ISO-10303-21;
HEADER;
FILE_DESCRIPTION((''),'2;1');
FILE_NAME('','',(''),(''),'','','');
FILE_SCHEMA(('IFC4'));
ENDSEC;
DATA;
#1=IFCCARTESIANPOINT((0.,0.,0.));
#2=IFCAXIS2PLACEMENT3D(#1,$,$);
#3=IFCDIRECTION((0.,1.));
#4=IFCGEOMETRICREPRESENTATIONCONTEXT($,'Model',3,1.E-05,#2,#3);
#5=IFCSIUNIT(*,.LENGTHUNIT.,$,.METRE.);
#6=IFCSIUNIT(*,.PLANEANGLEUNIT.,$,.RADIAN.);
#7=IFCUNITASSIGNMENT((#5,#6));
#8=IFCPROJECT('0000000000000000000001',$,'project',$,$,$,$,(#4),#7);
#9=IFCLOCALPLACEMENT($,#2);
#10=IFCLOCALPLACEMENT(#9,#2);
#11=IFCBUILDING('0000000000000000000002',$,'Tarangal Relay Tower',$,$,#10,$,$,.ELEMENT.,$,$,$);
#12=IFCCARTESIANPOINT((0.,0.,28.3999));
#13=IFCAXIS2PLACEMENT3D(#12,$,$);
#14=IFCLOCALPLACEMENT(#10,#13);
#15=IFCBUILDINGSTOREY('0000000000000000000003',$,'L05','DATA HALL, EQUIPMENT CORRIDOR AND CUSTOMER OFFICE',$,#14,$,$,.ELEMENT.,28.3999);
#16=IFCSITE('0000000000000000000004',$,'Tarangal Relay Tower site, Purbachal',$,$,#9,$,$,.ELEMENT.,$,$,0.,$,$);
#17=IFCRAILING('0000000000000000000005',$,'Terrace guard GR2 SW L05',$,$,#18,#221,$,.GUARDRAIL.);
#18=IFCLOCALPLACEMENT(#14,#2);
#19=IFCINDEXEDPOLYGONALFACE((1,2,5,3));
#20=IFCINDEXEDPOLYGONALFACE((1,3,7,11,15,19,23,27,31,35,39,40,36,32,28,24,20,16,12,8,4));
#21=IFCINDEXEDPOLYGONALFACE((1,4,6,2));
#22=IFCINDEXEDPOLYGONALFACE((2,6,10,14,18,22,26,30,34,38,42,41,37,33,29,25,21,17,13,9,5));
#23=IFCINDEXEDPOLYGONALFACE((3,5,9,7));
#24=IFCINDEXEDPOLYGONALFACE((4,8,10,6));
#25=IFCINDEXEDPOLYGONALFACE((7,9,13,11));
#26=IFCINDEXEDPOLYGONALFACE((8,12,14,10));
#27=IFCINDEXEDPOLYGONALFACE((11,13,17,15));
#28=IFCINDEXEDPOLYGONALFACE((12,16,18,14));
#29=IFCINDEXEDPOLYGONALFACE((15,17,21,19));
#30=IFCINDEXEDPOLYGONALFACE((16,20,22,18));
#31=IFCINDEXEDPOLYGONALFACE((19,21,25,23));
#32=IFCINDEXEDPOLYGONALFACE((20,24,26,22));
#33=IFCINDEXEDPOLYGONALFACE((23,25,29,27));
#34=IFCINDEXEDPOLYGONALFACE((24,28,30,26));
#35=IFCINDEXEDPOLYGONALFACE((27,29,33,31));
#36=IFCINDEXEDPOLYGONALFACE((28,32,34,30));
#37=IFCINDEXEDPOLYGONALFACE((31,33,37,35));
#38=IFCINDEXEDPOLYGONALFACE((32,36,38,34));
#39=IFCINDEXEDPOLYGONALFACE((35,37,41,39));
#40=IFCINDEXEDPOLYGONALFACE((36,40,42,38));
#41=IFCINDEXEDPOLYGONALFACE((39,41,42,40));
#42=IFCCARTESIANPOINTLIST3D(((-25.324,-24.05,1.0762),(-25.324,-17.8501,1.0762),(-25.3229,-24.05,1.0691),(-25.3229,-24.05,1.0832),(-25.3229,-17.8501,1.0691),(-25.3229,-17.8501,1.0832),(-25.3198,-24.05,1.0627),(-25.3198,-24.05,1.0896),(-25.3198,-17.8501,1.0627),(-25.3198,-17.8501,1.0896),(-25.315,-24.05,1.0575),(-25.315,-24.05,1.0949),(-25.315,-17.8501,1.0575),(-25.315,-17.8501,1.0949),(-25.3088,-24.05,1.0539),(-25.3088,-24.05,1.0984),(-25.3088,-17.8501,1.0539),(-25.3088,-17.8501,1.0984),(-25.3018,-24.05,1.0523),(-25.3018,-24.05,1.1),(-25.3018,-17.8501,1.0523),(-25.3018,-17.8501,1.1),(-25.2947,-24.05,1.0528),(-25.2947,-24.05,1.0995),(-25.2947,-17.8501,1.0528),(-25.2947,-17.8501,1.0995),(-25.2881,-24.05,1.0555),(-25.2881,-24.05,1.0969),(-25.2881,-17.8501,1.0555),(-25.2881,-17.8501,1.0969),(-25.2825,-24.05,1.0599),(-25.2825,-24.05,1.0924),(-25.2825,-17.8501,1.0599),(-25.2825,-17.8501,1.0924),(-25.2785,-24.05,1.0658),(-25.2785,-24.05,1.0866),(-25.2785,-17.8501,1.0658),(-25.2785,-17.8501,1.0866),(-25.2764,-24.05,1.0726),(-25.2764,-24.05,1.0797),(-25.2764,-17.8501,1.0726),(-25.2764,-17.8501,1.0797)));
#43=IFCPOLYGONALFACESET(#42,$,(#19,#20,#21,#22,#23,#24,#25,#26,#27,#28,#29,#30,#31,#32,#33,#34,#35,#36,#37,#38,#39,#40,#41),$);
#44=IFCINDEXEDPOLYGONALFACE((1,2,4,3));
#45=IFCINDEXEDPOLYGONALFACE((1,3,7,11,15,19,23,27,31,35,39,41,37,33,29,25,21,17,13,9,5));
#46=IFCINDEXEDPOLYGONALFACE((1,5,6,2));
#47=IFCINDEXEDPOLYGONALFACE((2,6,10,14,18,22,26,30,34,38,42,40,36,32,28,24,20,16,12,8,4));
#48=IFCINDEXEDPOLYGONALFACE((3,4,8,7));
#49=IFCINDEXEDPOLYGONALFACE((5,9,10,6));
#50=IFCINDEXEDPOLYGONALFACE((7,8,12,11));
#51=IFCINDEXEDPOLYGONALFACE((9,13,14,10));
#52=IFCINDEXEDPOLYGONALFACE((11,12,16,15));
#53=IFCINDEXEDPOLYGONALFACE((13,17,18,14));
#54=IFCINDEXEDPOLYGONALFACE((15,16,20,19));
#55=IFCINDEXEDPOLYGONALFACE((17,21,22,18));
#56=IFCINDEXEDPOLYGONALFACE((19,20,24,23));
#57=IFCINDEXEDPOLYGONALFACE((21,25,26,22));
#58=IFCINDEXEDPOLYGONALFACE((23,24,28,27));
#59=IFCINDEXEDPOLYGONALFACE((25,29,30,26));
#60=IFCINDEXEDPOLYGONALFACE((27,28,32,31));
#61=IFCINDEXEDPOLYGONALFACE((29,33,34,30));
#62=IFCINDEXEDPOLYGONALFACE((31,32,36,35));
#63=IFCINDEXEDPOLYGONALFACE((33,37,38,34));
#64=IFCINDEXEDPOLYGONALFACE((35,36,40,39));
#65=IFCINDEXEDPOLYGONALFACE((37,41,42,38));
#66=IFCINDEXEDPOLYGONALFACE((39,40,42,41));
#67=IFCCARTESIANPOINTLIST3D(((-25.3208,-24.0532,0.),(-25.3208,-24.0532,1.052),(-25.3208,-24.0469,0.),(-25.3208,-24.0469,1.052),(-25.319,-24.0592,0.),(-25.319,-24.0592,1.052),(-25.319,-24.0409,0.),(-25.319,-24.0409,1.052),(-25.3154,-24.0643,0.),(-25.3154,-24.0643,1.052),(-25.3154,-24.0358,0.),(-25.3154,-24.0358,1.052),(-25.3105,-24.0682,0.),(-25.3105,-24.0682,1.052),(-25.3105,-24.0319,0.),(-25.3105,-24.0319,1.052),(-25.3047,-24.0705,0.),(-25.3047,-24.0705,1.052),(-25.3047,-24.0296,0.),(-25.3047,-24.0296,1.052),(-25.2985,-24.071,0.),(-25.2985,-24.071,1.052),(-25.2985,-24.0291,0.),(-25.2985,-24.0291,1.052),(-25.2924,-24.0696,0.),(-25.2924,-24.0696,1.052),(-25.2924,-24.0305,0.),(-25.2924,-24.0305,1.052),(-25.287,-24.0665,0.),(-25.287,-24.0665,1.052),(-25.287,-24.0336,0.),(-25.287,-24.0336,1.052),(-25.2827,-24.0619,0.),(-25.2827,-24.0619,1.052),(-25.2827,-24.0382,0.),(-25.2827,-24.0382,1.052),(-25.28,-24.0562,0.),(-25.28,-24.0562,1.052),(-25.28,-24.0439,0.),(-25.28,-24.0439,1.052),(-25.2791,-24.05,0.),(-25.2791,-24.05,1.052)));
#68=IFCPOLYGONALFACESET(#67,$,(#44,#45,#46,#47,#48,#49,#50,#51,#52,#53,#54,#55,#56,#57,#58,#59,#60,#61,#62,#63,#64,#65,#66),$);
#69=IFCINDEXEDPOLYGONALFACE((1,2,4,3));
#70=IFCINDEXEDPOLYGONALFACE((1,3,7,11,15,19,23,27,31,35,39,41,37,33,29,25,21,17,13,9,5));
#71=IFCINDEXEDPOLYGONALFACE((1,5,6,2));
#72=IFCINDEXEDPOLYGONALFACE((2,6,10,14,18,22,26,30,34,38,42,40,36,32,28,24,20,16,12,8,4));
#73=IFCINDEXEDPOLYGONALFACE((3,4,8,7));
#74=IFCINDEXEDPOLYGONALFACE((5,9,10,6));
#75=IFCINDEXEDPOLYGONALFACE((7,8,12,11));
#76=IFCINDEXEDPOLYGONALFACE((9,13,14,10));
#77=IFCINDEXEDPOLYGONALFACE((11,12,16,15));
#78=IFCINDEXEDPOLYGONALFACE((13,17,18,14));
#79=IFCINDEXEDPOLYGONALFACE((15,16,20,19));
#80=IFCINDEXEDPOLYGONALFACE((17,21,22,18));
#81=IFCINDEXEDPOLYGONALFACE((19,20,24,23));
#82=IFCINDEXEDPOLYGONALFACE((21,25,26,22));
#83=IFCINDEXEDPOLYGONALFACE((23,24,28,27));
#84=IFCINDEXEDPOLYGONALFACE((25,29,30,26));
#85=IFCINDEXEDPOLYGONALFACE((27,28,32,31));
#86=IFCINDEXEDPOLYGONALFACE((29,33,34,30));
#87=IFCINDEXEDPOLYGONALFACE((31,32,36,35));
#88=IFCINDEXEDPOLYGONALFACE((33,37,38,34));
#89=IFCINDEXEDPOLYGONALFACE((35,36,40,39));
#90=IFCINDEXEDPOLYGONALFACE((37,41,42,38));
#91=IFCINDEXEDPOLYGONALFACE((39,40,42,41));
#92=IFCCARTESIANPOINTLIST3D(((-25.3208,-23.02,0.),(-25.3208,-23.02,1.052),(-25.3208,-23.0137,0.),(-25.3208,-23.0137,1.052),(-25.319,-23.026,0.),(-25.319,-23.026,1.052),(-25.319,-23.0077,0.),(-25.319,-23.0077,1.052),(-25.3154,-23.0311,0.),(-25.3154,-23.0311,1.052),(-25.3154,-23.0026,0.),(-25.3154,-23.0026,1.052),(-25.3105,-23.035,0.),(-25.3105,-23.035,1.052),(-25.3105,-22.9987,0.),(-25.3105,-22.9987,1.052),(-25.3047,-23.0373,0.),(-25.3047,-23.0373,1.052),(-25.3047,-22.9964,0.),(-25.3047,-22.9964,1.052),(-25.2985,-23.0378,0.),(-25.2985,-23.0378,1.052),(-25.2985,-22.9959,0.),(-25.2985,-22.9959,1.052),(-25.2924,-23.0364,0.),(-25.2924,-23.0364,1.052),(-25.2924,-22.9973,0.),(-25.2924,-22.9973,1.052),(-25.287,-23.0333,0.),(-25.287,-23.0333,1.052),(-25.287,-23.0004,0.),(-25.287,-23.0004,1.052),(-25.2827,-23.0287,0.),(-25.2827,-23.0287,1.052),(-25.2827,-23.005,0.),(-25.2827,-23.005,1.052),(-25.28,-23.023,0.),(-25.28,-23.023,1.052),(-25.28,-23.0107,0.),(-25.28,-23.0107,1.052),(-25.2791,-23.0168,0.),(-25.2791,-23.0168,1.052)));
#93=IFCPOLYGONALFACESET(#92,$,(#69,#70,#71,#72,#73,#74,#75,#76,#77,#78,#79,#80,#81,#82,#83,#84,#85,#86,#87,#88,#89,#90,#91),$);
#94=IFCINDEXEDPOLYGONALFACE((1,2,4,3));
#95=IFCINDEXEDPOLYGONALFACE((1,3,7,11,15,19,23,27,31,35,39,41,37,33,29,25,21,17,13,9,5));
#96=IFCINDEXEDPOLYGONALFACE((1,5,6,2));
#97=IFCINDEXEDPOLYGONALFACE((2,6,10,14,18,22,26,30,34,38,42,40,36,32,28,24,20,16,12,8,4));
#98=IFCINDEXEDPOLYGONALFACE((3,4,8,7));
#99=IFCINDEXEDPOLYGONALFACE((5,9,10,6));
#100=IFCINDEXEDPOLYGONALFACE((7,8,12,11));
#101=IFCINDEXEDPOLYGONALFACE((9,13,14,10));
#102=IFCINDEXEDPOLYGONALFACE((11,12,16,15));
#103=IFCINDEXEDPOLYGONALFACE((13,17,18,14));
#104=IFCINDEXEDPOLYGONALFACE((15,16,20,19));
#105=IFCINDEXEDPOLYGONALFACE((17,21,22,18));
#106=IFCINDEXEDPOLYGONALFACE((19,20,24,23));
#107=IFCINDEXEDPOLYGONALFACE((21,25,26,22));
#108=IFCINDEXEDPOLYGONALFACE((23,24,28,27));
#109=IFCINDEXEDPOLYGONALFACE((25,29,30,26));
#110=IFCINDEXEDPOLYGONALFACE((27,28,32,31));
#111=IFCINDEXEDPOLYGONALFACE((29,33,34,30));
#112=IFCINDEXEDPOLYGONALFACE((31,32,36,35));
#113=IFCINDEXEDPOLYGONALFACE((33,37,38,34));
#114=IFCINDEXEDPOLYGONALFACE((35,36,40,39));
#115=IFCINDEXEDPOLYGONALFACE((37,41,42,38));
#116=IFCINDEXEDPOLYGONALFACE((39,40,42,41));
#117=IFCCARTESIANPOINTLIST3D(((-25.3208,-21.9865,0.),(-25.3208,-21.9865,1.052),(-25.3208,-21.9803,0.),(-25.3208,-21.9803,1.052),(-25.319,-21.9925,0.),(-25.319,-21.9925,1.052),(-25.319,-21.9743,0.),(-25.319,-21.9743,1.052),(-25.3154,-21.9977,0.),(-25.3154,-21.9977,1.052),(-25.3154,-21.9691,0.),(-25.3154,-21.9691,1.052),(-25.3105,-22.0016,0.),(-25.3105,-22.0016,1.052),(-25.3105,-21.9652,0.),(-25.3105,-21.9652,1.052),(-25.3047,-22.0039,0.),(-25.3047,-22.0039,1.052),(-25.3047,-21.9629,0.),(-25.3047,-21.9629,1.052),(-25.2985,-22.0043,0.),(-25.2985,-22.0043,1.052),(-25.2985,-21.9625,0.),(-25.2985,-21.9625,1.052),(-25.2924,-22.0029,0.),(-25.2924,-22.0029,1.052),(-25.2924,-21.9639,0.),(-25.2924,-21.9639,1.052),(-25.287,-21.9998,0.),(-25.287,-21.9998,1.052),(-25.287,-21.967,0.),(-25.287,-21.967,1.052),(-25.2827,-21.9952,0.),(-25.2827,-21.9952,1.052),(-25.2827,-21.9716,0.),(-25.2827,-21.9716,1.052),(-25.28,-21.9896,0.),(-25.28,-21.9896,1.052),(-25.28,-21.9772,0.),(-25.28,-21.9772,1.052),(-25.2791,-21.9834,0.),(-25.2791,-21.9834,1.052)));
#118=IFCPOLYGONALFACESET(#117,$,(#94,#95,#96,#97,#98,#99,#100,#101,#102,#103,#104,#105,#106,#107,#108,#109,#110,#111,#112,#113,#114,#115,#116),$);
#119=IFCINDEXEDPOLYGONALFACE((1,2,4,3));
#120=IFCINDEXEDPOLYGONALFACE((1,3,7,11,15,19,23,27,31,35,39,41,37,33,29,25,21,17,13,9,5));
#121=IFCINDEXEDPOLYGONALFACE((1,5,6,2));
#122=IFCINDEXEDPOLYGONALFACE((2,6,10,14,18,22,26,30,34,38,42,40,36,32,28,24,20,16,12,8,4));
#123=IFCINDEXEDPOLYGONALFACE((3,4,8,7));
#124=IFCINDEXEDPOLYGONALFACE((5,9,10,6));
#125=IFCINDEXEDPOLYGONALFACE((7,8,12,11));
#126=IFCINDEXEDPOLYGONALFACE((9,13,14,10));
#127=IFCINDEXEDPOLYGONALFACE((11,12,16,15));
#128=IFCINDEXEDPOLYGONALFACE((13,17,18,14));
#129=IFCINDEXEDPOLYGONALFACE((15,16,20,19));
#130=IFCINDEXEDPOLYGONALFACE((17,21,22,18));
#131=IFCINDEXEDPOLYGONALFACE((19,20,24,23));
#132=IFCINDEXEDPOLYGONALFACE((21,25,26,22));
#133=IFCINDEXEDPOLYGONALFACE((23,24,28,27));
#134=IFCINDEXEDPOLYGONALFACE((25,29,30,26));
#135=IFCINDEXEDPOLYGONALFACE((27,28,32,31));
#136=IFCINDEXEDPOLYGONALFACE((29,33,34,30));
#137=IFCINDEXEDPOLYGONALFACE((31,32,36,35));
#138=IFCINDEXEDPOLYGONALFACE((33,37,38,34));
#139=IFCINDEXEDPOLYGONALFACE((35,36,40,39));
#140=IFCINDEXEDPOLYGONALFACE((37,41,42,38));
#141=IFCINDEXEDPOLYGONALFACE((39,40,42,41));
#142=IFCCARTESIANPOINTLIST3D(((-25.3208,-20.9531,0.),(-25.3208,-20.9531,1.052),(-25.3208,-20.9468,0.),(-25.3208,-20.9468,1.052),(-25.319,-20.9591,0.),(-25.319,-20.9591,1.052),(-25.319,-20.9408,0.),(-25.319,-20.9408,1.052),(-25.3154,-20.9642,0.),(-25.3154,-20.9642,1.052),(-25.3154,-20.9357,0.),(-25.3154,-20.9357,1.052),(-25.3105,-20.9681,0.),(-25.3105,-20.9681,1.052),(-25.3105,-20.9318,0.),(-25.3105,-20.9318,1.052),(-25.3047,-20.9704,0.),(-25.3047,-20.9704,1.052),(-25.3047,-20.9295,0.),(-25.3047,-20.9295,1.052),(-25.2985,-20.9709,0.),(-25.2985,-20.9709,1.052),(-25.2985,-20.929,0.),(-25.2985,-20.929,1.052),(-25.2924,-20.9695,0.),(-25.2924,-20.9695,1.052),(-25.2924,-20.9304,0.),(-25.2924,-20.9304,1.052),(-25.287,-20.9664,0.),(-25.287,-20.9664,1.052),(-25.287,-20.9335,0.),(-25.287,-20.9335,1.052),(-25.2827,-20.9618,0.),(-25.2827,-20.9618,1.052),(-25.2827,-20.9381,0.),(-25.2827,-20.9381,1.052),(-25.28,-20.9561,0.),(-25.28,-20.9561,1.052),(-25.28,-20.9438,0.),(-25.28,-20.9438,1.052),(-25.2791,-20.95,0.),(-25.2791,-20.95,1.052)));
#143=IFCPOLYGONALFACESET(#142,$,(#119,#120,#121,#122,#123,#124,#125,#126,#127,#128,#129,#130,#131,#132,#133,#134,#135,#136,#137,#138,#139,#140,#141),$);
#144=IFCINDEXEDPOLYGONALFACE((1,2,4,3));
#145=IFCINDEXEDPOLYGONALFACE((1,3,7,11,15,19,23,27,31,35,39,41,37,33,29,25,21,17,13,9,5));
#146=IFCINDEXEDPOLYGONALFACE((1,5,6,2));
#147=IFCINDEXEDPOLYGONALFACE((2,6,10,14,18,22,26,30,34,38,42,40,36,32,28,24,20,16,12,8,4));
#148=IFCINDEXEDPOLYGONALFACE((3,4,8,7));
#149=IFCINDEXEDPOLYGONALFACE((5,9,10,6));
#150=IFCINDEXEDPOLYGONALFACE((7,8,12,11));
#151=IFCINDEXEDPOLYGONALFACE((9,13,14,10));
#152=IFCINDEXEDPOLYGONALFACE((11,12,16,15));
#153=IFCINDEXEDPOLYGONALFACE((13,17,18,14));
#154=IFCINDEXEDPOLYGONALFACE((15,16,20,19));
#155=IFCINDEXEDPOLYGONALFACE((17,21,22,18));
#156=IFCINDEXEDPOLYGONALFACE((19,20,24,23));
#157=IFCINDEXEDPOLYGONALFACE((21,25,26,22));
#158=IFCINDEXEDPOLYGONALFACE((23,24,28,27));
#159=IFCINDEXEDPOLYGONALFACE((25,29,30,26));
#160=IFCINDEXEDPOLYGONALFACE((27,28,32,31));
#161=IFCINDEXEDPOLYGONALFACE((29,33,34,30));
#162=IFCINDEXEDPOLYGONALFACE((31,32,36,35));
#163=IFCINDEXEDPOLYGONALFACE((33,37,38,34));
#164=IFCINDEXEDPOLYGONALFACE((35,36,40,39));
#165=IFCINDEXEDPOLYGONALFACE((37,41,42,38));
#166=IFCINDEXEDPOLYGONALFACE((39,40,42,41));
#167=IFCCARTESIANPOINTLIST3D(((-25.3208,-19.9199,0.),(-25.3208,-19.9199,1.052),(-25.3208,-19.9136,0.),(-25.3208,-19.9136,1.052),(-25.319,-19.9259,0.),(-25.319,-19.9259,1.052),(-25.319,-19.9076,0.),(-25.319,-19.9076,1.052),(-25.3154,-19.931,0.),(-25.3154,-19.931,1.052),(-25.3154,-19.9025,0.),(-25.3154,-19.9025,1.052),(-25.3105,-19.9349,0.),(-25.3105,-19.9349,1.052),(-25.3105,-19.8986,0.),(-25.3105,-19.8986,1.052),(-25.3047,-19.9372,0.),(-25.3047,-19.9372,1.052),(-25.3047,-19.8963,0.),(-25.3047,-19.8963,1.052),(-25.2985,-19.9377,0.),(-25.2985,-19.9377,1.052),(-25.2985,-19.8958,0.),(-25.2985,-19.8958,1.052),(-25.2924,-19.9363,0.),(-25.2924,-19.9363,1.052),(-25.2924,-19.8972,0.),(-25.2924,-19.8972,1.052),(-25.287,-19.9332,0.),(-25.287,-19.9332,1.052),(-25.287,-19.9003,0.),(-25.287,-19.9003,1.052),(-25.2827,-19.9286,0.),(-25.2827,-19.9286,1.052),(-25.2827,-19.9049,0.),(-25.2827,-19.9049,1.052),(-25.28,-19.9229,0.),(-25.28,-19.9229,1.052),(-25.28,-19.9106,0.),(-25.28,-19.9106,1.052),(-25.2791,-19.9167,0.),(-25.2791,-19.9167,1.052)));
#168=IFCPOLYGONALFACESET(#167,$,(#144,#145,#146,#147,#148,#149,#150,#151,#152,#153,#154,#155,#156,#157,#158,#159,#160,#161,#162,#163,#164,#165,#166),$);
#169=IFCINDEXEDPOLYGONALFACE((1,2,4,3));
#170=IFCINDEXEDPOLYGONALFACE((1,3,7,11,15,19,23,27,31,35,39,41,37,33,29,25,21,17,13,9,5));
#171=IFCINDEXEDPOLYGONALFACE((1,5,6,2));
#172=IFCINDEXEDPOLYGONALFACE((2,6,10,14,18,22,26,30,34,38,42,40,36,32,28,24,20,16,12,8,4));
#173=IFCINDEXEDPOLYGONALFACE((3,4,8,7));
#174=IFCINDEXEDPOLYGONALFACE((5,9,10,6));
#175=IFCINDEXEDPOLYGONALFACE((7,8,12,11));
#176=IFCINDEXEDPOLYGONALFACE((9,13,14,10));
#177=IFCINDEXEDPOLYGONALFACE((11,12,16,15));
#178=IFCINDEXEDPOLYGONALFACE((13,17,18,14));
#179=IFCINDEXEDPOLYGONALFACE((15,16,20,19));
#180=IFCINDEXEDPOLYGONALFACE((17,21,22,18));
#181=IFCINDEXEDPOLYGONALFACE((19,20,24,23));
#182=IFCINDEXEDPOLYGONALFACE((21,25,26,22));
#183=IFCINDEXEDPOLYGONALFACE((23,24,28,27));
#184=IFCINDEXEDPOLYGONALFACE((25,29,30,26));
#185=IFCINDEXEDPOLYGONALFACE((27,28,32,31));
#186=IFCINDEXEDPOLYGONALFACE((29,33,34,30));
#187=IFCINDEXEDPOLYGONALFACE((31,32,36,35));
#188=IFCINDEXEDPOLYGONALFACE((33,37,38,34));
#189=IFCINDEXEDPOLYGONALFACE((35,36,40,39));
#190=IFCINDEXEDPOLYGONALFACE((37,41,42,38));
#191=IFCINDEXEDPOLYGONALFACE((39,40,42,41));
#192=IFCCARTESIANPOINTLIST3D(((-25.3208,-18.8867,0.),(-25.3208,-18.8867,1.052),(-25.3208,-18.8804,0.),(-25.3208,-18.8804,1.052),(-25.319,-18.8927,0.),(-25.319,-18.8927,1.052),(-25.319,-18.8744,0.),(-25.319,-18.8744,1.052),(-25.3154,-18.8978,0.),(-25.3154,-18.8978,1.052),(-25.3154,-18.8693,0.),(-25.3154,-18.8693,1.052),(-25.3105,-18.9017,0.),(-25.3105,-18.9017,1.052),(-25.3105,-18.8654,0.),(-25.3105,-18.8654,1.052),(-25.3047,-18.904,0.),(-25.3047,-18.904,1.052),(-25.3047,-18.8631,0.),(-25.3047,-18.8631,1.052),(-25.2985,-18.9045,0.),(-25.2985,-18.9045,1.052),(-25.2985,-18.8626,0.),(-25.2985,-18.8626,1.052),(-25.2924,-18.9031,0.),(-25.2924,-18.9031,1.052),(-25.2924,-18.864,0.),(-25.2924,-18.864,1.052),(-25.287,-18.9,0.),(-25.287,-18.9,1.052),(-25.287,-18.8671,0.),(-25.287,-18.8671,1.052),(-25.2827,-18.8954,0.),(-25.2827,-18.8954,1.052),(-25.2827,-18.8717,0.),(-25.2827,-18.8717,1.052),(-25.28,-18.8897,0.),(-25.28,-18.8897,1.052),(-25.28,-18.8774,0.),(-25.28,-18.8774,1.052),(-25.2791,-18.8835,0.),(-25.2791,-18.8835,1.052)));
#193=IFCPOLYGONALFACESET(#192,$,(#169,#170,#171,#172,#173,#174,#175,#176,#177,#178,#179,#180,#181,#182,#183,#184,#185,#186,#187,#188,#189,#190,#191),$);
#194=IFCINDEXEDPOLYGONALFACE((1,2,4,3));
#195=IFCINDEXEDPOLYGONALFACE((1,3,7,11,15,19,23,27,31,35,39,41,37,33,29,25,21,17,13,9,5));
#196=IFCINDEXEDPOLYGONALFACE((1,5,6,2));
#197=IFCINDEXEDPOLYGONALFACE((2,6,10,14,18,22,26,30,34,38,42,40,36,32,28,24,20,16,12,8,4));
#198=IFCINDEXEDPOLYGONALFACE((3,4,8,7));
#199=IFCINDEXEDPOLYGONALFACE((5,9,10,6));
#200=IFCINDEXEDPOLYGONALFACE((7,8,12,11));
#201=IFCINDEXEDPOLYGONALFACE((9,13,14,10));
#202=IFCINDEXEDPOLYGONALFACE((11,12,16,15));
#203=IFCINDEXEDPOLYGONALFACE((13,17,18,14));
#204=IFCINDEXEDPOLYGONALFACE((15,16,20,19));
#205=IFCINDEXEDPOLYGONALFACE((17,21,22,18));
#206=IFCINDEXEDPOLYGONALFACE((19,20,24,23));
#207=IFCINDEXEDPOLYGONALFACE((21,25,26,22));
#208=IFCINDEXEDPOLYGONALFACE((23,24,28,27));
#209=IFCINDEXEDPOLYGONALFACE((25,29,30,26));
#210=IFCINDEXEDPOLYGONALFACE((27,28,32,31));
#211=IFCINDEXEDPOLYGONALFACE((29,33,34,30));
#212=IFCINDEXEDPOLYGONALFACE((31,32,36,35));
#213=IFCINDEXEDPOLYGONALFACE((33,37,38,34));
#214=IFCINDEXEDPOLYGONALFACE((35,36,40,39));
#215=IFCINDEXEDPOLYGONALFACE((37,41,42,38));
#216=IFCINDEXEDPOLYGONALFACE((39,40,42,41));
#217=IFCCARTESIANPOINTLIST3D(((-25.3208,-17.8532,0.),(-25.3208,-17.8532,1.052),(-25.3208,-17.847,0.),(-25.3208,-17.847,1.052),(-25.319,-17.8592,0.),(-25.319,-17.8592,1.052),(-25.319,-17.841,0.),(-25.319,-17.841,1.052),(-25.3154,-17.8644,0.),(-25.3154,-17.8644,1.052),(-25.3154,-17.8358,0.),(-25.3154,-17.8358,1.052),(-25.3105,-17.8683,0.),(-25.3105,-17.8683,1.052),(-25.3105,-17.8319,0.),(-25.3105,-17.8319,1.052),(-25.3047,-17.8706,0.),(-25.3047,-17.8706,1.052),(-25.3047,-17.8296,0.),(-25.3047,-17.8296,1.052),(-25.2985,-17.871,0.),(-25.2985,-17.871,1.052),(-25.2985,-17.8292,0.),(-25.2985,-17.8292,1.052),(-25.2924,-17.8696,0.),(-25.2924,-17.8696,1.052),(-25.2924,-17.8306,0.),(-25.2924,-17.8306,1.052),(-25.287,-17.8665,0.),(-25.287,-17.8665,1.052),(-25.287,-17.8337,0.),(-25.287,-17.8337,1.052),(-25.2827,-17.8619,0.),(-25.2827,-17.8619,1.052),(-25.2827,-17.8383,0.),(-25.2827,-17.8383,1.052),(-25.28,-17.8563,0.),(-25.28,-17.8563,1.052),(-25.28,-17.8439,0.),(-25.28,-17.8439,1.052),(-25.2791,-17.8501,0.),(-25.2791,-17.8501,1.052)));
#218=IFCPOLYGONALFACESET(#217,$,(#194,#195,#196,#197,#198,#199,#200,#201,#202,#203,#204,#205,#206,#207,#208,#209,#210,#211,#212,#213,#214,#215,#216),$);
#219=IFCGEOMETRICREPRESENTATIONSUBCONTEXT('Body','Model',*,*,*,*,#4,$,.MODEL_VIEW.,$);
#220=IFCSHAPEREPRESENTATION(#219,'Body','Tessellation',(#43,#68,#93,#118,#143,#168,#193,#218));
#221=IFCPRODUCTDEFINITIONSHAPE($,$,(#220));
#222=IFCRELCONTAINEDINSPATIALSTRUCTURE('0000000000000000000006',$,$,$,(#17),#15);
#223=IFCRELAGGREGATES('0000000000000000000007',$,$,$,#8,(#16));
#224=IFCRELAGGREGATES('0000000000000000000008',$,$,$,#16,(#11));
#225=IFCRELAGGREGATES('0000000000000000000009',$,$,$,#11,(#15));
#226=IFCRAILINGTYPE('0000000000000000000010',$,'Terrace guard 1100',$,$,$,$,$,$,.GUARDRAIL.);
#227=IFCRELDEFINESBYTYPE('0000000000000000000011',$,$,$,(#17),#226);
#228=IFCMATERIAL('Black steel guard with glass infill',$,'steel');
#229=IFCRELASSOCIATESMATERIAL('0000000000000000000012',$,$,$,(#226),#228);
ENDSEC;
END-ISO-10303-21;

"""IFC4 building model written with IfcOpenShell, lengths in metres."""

from ifc_helpers import new_model, si_unit, direction, frame, origin, origin_2d, place, context, subcontext, project, spatial, circle, extrude, material, type_object, element, save


model = new_model("IFC4")

# Units and contexts
model_context = context("Model", 3, precision=1e-05, world=origin(), true_north=direction((0.0, 1.0)))
body_context = subcontext(model_context, "Body", "Model", "MODEL_VIEW")
ifc_project = project(units=[si_unit("LENGTHUNIT", "METRE"), si_unit("PLANEANGLEUNIT", "RADIAN")], contexts=[model_context])

# Site, building, storey
site_placement = place(None, origin())
site = spatial("IfcSite", under=ifc_project, at=site_placement, Name="Tarangal Relay Tower site, Purbachal", CompositionType="ELEMENT", RefElevation=0.0)
building_placement = place(site_placement, origin())
building = spatial("IfcBuilding", under=site, at=building_placement, Name="Tarangal Relay Tower", CompositionType="ELEMENT")
storey_placement = place(building_placement, frame((0.0, 0.0, 28.3999)))
storey = spatial("IfcBuildingStorey", under=building, at=storey_placement, Name="L05", Description="DATA HALL, EQUIPMENT CORRIDOR AND CUSTOMER OFFICE", CompositionType="ELEMENT", Elevation=28.3999)

# Railing
ifc_material_1 = material(Name="Black steel guard with glass infill", Category="steel")
railing_type = type_object("IfcRailingType", Name="Terrace guard 1100", PredefinedType="GUARDRAIL", material=ifc_material_1)
railing_1_placement = place(storey_placement, frame((-25.3, -24.05, 0.0)))
element("IfcRailing", 1, at=railing_1_placement, inside=storey, type_object=railing_type, Name="Terrace guard GR2 SW L05", PredefinedType="GUARDRAIL", context=body_context, shape_type="SweptSolid", body=[
    extrude(circle(Radius=0.0239, at=origin_2d()), frame((0.0, 0.0, 1.0762), z_axis=(0.0, 1.0, 0.0), x_axis=(-1.0, 0.0, 0.0)), (0.0, 0.0, 1.0), 6.2),
    extrude(circle(Radius=0.021, at=origin_2d()), origin(), (0.0, 0.0, 1.0), 1.052),
    extrude(circle(Radius=0.021, at=origin_2d()), frame((0.0, 1.0332, 0.0)), (0.0, 0.0, 1.0), 1.052),
    extrude(circle(Radius=0.021, at=origin_2d()), frame((0.0, 2.0667, 0.0)), (0.0, 0.0, 1.0), 1.052),
    extrude(circle(Radius=0.021, at=origin_2d()), frame((0.0, 3.1001, 0.0)), (0.0, 0.0, 1.0), 1.052),
    extrude(circle(Radius=0.021, at=origin_2d()), frame((0.0, 4.1333, 0.0)), (0.0, 0.0, 1.0), 1.052),
    extrude(circle(Radius=0.021, at=origin_2d()), frame((0.0, 5.1665, 0.0)), (0.0, 0.0, 1.0), 1.052),
    extrude(circle(Radius=0.021, at=origin_2d()), frame((0.0, 6.2, 0.0)), (0.0, 0.0, 1.0), 1.052),
])

save(model, "model.ifc")
